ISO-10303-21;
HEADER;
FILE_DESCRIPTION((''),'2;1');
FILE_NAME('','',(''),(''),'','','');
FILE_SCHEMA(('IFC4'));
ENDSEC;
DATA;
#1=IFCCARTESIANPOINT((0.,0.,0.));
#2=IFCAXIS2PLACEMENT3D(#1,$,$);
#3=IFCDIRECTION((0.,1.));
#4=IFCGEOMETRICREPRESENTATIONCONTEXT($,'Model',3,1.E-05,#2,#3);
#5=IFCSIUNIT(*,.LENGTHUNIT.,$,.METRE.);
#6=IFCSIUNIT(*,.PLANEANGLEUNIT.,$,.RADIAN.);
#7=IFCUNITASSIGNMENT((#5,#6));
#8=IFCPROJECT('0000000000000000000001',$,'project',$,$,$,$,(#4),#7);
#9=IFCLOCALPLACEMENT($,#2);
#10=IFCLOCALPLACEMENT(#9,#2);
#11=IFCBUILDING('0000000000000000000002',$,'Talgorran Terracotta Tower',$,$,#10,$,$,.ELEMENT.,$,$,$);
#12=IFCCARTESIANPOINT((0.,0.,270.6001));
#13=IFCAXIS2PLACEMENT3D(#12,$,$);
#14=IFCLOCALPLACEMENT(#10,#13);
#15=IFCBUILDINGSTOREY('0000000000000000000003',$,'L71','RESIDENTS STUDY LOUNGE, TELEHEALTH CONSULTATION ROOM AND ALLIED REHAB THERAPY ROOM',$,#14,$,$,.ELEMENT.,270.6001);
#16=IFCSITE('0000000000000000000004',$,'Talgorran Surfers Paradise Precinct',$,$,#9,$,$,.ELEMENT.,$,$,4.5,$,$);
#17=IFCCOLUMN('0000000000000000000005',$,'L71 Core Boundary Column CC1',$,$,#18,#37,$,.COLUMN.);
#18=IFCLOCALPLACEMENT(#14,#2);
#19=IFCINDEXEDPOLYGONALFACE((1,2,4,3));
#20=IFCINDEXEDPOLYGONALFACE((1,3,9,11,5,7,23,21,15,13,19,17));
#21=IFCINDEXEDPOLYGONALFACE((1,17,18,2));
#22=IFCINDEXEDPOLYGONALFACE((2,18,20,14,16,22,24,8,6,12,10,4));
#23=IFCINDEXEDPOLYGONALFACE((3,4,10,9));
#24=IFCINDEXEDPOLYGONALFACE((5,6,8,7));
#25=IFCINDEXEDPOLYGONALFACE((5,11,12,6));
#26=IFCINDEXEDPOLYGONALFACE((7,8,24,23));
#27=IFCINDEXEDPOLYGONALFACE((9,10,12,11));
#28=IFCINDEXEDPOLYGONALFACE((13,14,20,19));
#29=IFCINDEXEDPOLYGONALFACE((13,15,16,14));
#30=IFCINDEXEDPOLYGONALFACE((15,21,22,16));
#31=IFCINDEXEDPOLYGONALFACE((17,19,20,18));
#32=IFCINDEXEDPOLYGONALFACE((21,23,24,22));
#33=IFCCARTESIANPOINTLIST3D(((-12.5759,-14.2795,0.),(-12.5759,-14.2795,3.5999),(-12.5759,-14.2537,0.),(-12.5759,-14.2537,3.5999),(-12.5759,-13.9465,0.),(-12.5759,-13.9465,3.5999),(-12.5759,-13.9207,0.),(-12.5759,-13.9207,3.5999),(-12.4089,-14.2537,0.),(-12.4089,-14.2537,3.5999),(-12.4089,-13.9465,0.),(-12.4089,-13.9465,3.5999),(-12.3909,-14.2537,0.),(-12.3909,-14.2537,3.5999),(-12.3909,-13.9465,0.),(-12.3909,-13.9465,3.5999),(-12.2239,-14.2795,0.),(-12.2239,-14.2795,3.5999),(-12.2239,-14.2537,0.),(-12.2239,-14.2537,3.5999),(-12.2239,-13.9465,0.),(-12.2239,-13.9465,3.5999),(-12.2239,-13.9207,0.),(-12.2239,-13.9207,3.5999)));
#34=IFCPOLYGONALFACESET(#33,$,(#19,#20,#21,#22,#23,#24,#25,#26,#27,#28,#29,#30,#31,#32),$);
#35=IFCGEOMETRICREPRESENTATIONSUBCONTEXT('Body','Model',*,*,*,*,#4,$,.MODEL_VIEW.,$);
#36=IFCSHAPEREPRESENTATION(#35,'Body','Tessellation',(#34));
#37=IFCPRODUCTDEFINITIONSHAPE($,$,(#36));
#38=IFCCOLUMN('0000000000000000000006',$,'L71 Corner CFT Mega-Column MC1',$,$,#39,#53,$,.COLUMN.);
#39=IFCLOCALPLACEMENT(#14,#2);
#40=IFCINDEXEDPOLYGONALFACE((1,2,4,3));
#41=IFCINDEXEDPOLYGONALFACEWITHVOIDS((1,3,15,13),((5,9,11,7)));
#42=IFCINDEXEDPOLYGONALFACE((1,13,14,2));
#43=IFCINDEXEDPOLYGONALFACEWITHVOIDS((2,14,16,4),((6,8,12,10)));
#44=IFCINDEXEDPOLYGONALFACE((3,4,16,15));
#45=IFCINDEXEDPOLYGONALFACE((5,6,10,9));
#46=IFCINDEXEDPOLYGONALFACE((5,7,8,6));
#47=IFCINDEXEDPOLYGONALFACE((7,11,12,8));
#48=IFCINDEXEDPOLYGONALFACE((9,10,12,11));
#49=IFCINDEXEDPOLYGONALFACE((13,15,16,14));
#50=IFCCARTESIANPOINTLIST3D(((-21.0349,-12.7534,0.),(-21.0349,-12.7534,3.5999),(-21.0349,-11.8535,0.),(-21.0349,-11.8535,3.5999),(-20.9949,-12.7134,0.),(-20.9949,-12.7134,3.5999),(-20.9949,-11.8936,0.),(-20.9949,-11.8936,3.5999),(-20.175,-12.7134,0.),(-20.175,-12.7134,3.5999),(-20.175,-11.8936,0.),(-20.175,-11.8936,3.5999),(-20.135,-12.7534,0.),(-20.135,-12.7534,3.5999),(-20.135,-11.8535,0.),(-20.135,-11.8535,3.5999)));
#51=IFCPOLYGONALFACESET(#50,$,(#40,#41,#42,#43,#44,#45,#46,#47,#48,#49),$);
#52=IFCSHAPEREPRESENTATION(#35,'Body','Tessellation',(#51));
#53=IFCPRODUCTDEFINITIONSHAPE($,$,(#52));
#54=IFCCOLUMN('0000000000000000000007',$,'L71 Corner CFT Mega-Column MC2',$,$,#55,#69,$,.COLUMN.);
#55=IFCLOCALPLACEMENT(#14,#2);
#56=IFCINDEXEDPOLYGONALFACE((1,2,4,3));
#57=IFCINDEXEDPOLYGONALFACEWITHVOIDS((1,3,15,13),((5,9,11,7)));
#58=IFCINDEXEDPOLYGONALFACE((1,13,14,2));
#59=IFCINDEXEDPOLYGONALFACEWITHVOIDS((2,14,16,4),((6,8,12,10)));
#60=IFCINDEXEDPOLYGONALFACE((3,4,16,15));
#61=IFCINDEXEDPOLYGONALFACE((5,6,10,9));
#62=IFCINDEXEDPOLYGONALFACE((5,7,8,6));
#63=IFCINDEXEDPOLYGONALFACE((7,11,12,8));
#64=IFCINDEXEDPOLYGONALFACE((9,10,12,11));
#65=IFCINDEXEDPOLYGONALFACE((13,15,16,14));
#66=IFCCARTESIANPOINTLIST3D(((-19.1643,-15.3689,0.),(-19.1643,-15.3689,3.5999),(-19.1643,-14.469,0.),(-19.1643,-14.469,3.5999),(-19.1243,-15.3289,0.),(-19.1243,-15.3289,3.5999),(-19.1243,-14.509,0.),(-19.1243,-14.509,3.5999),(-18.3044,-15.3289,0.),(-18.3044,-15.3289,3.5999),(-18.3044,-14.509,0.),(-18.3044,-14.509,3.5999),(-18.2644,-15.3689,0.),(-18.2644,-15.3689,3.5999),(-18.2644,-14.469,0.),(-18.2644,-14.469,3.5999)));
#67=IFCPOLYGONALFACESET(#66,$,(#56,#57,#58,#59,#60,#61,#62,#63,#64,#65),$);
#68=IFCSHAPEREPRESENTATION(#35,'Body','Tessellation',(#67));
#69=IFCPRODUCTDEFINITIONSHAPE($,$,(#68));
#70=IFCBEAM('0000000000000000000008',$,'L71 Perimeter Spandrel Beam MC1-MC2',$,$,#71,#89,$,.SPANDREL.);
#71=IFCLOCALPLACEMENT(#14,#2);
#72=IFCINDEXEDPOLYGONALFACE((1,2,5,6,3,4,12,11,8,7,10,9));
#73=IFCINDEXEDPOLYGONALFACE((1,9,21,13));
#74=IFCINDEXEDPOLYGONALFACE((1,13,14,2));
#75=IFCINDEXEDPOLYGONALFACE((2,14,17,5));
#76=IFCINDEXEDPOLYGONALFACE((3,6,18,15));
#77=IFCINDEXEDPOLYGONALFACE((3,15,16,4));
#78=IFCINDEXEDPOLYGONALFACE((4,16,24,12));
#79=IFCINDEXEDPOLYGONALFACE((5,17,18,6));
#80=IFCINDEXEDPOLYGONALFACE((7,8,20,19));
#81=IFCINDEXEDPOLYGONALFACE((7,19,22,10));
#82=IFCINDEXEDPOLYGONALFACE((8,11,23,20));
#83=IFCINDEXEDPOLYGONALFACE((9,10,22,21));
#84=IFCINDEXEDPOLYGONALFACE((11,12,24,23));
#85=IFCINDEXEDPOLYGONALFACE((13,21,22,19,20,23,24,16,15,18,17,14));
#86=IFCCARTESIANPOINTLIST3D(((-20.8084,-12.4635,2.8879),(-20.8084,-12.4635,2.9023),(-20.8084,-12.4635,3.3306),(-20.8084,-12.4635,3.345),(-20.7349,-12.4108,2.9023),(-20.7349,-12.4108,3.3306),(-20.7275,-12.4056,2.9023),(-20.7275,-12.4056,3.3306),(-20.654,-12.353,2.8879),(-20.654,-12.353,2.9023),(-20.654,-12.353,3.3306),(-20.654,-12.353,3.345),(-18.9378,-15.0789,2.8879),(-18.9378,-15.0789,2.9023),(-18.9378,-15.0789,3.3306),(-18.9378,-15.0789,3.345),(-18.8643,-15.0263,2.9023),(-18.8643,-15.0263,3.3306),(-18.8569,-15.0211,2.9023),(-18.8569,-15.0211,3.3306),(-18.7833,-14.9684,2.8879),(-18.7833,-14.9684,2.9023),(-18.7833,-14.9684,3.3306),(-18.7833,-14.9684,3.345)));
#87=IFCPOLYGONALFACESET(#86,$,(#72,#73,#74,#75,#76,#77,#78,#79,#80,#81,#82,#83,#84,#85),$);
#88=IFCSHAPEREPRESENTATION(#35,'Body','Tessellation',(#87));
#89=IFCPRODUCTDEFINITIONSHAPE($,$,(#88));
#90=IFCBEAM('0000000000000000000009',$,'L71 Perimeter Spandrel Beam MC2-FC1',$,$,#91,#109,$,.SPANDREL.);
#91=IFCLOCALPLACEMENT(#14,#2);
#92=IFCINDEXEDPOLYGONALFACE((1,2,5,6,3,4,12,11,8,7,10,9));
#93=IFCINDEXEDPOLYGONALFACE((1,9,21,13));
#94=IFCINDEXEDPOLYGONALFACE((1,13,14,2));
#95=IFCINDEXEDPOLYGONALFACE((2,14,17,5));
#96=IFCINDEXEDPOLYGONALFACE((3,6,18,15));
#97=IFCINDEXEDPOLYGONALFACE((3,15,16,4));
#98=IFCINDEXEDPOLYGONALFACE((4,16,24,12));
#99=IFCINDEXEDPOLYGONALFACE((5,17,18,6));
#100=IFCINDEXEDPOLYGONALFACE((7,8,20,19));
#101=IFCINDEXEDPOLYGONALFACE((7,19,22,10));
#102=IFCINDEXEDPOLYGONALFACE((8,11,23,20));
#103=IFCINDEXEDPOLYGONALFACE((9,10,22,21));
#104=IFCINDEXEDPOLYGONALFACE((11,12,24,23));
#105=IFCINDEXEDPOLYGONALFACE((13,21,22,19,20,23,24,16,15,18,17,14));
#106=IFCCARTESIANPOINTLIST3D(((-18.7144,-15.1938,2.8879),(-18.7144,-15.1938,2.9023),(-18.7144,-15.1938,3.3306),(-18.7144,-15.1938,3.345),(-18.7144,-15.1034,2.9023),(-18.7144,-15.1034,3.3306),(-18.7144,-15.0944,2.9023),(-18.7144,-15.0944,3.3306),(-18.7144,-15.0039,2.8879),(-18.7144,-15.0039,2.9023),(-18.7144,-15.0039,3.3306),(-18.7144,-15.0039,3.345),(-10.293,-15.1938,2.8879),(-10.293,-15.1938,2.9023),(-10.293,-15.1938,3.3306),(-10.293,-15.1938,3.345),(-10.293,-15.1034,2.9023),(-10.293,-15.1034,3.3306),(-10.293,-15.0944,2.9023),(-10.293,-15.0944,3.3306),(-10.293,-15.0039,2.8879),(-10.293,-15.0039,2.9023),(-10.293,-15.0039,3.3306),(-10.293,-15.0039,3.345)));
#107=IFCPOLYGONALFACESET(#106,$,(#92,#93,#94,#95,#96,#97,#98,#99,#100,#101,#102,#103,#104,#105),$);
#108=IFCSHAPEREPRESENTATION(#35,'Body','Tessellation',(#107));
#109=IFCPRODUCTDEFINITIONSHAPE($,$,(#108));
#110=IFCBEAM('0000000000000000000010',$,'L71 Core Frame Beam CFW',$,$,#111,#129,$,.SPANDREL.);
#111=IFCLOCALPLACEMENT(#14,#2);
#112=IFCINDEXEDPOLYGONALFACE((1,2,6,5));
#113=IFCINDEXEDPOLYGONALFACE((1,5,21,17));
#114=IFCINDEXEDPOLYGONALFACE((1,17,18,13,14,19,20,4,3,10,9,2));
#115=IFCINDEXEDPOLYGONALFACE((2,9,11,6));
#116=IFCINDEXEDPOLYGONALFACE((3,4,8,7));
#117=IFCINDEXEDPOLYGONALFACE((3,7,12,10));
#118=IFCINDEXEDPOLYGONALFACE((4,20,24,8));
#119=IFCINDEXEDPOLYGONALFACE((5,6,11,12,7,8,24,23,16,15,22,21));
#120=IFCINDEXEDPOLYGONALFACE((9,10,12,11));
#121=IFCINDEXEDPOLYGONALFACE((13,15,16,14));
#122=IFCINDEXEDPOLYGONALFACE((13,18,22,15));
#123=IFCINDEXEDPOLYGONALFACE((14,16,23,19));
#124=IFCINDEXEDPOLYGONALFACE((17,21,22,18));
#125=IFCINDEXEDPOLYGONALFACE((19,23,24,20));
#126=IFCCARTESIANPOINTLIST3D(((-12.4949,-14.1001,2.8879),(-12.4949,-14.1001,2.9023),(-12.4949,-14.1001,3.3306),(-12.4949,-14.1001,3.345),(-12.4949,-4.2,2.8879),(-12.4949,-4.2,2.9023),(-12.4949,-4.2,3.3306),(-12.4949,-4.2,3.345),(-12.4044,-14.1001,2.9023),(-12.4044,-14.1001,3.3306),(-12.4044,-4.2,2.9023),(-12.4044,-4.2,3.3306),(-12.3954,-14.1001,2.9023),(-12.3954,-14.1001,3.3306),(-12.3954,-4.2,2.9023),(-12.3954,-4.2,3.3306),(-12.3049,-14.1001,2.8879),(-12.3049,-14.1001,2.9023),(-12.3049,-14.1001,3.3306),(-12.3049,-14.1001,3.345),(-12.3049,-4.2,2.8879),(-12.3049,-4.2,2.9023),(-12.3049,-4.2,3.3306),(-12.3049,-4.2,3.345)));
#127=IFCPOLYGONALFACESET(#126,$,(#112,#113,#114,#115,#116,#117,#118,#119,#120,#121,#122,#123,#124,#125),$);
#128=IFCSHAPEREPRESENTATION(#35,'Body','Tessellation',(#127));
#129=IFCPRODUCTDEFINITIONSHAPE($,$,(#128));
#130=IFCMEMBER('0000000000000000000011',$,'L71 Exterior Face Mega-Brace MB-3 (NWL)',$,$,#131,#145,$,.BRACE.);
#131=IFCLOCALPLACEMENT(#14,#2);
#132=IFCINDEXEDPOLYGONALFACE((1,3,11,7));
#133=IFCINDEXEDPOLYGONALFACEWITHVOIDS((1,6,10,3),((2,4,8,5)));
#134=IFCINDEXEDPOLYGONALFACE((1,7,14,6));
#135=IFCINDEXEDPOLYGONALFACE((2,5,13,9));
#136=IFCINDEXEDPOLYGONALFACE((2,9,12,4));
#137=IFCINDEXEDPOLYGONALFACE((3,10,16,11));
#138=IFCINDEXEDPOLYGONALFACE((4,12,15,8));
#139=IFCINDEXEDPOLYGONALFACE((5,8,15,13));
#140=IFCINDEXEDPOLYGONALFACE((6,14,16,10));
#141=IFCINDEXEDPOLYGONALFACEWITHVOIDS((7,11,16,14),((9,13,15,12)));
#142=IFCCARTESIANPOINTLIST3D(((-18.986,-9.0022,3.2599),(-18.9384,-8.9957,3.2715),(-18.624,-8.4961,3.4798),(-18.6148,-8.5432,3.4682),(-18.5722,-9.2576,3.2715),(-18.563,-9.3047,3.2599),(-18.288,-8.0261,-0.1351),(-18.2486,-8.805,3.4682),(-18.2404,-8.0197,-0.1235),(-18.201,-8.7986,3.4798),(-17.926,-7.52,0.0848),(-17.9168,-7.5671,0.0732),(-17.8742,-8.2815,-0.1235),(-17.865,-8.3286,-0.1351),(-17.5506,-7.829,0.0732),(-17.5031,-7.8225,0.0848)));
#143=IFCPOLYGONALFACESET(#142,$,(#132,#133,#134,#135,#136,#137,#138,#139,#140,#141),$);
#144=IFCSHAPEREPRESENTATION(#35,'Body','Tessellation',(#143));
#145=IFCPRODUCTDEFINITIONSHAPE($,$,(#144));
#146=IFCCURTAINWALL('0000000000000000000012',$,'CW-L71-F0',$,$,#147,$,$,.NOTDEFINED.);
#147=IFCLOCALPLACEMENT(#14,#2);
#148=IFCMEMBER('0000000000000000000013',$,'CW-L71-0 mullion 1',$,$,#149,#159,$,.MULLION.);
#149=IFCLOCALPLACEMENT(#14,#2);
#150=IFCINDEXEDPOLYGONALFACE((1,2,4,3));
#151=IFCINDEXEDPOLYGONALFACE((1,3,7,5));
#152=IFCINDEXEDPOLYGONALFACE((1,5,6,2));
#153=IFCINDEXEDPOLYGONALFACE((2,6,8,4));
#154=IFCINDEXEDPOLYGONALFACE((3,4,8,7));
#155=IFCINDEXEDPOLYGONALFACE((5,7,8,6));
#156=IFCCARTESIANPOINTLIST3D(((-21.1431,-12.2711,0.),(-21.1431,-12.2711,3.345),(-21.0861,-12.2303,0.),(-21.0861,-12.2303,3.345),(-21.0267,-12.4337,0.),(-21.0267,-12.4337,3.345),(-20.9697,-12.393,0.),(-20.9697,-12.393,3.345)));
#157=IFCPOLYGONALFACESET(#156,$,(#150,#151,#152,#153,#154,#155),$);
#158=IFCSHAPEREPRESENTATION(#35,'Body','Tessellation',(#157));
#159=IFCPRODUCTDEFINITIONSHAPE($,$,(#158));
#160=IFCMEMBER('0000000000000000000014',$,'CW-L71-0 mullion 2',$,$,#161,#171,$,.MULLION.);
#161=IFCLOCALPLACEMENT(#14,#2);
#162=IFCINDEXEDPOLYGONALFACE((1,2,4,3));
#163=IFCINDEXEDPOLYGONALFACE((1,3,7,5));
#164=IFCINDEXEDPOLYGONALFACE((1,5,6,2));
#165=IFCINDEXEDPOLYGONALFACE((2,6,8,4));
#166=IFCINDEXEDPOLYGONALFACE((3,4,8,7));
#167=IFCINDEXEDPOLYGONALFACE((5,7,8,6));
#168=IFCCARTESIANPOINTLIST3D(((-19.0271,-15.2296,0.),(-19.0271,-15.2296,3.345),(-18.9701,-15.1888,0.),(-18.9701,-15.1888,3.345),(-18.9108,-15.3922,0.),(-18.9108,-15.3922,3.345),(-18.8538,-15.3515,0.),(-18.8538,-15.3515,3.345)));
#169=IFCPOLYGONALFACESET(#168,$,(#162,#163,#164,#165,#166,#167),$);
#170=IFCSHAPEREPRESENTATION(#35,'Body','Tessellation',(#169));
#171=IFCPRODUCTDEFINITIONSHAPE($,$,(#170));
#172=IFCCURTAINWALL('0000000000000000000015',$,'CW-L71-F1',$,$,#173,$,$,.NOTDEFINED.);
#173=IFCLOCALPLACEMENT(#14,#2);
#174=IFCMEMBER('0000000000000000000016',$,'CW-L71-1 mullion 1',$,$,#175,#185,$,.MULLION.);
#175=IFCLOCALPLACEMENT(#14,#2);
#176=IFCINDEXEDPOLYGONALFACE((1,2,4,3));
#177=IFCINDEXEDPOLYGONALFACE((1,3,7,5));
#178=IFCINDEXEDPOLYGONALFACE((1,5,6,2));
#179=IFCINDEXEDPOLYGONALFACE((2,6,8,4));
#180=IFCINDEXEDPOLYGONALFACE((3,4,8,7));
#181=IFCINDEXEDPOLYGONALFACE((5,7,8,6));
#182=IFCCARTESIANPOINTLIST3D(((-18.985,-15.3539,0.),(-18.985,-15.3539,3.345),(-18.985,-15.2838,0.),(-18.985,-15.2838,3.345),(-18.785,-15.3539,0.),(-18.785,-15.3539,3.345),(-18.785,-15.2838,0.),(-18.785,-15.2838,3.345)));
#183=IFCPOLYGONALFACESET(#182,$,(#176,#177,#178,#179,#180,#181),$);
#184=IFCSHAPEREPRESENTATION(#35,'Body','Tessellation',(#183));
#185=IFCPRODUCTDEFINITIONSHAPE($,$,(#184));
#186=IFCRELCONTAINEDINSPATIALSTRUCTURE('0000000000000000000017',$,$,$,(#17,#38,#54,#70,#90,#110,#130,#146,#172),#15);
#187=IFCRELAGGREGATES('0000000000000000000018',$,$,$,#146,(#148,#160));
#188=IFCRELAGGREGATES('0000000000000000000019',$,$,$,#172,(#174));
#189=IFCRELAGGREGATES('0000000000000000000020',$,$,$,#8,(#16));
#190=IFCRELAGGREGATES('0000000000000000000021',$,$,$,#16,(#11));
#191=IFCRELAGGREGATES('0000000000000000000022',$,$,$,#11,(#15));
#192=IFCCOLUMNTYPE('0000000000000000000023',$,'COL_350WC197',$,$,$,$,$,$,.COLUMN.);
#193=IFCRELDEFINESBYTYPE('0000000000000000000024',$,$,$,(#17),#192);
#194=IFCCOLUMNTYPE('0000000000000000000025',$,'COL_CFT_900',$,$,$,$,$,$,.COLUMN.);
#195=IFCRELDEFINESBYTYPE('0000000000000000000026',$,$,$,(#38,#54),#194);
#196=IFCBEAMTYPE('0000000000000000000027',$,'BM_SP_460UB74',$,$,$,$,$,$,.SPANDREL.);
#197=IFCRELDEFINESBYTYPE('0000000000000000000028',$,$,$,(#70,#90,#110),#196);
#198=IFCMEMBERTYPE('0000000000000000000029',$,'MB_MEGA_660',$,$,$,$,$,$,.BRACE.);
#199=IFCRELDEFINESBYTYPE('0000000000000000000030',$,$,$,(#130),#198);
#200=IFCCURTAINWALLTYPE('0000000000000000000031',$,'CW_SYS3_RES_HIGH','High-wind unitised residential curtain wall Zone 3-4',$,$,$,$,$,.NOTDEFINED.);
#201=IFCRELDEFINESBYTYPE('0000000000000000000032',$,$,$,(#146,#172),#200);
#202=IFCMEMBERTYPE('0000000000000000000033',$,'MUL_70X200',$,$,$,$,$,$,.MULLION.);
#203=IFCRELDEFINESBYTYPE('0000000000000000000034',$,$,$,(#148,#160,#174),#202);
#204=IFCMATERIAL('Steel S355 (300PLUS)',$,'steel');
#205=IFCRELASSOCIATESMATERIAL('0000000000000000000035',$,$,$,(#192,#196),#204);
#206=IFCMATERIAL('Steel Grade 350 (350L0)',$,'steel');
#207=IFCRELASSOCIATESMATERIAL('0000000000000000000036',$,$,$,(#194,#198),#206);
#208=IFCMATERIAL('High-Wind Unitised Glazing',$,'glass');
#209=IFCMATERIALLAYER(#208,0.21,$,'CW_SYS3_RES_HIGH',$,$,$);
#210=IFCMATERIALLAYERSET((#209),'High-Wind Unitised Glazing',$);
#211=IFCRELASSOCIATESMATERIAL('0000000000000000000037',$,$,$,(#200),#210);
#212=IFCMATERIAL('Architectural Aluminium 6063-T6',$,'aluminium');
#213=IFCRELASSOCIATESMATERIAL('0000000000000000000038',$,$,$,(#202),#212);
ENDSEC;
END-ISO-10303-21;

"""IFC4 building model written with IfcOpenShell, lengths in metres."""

from ifc_helpers import new_model, si_unit, direction, frame, origin, origin_2d, place, context, subcontext, project, spatial, rectangle, hollow_rectangle, i_section, extrude, material, layer, layer_set, material_profile, profile_set, type_object, element, aggregate, save


model = new_model("IFC4")

# Units and contexts
model_context = context("Model", 3, precision=1e-05, world=origin(), true_north=direction((0.0, 1.0)))
body_context = subcontext(model_context, "Body", "Model", "MODEL_VIEW")
ifc_project = project(units=[si_unit("LENGTHUNIT", "METRE"), si_unit("PLANEANGLEUNIT", "RADIAN")], contexts=[model_context])

# Site, building, storey
site_placement = place(None, origin())
site = spatial("IfcSite", under=ifc_project, at=site_placement, Name="Talgorran Surfers Paradise Precinct", CompositionType="ELEMENT", RefElevation=4.5)
building_placement = place(site_placement, origin())
building = spatial("IfcBuilding", under=site, at=building_placement, Name="Talgorran Terracotta Tower", CompositionType="ELEMENT")
storey_placement = place(building_placement, frame((0.0, 0.0, 270.6001)))
storey = spatial("IfcBuildingStorey", under=building, at=storey_placement, Name="L71", Description="RESIDENTS STUDY LOUNGE, TELEHEALTH CONSULTATION ROOM AND ALLIED REHAB THERAPY ROOM", CompositionType="ELEMENT", Elevation=270.6001)

# Columns
ifc_material_1 = material(Name="Steel S355 (300PLUS)", Category="steel")
ifc_material_profile_1 = material_profile(ifc_material_1, i_section(OverallWidth=0.3521, OverallDepth=0.3589, WebThickness=0.0181, FlangeThickness=0.0259, at=origin_2d()), Name="350WC197")
ifc_profile_set_1 = profile_set([ifc_material_profile_1], Name="Steel S355 (300PLUS)")
column_type_1 = type_object("IfcColumnType", Name="COL_350WC197", PredefinedType="COLUMN", material=ifc_profile_set_1)
column_placement = place(storey_placement, frame((-12.3999, -14.1001, 0.0), z_axis=(0.0, 0.0, 1.0), x_axis=(1.0, 0.0, 0.0)))
element("IfcColumn", 1, at=column_placement, inside=storey, type_object=column_type_1, Name="L71 Core Boundary Column CC1", PredefinedType="COLUMN", context=body_context, shape_type="SweptSolid", body=[
    extrude(i_section(OverallWidth=0.3521, OverallDepth=0.3589, WebThickness=0.0181, FlangeThickness=0.0259, at=origin_2d()), origin(), (0.0, 0.0, 1.0), 3.5999),
])
ifc_material_2 = material(Name="Steel Grade 350 (350L0)", Category="steel")
ifc_material_profile_2 = material_profile(ifc_material_2, hollow_rectangle(XDim=0.8999, YDim=0.8999, WallThickness=0.04, at=origin_2d()), Name="CFT900X900X40")
ifc_profile_set_2 = profile_set([ifc_material_profile_2], Name="Steel Grade 350 (350L0)")
column_type_2 = type_object("IfcColumnType", Name="COL_CFT_900", PredefinedType="COLUMN", material=ifc_profile_set_2)
for number, where, z_axis, x_axis, name in (
    (2, (-20.585, -12.3035, 0.0), (0.0, 0.0, 1.0), (1.0, 0.0, 0.0), "L71 Corner CFT Mega-Column MC1"),
    (3, (-18.7144, -14.9189, 0.0), (0.0, 0.0, 1.0), (1.0, 0.0, 0.0), "L71 Corner CFT Mega-Column MC2"),
):
    element("IfcColumn", number, at=place(storey_placement, frame(where, z_axis=z_axis, x_axis=x_axis)), inside=storey, type_object=column_type_2, Name=name, PredefinedType="COLUMN", context=body_context, shape_type="SweptSolid", body=[
        extrude(hollow_rectangle(XDim=0.8999, YDim=0.8999, WallThickness=0.04, at=origin_2d()), origin(), (0.0, 0.0, 1.0), 3.5999),
    ])

# Beams
ifc_material_profile_3 = material_profile(ifc_material_1, i_section(OverallWidth=0.1899, OverallDepth=0.457, WebThickness=0.009, FlangeThickness=0.0144, at=origin_2d()), Name="460UB74.6")
ifc_profile_set_3 = profile_set([ifc_material_profile_3], Name="Steel S355 (300PLUS)")
beam_type = type_object("IfcBeamType", Name="BM_SP_460UB74", PredefinedType="SPANDREL", material=ifc_profile_set_3)
beam_1_placement = place(storey_placement, frame((-20.7312, -12.4082, 3.1165), z_axis=(0.581734, -0.813379, 0.0), x_axis=(0.813379, 0.581734, 0.0)))
element("IfcBeam", 4, at=beam_1_placement, inside=storey, type_object=beam_type, Name="L71 Perimeter Spandrel Beam MC1-MC2", PredefinedType="SPANDREL", context=body_context, shape_type="SweptSolid", body=[
    extrude(i_section(OverallWidth=0.1899, OverallDepth=0.457, WebThickness=0.009, FlangeThickness=0.0144, at=origin_2d()), origin(), (0.0, 0.0, 1.0), 3.2156),
])
beam_2_placement = place(storey_placement, frame((-18.7144, -15.0989, 3.1165), z_axis=(1.0, 0.0, 0.0), x_axis=(0.0, 1.0, 0.0)))
element("IfcBeam", 5, at=beam_2_placement, inside=storey, type_object=beam_type, Name="L71 Perimeter Spandrel Beam MC2-FC1", PredefinedType="SPANDREL", context=body_context, shape_type="SweptSolid", body=[
    extrude(i_section(OverallWidth=0.1899, OverallDepth=0.457, WebThickness=0.009, FlangeThickness=0.0144, at=origin_2d()), origin(), (0.0, 0.0, 1.0), 8.4214),
])
beam_3_placement = place(storey_placement, frame((-12.3999, -14.1001, 3.1165), z_axis=(0.0, 1.0, 0.0), x_axis=(-1.0, 0.0, 0.0)))
element("IfcBeam", 6, at=beam_3_placement, inside=storey, type_object=beam_type, Name="L71 Core Frame Beam CFW", PredefinedType="SPANDREL", context=body_context, shape_type="SweptSolid", body=[
    extrude(i_section(OverallWidth=0.1899, OverallDepth=0.457, WebThickness=0.009, FlangeThickness=0.0144, at=origin_2d()), origin(), (0.0, 0.0, 1.0), 9.9001),
])

# Member
ifc_material_profile_4 = material_profile(ifc_material_2, hollow_rectangle(XDim=0.52, YDim=0.6599, WallThickness=0.0349, at=origin_2d()), Name="WBOX660X520X35")
ifc_profile_set_4 = profile_set([ifc_material_profile_4], Name="Steel Grade 350 (350L0)")
member_type_1 = type_object("IfcMemberType", Name="MB_MEGA_660", PredefinedType="BRACE", material=ifc_profile_set_4)
member_1_placement = place(storey_placement, frame((-17.8955, -7.9243, -0.0251), z_axis=(-0.193843, -0.271068, 0.94284), x_axis=(0.813417, -0.581681, 0.0)))
element("IfcMember", 7, at=member_1_placement, inside=storey, type_object=member_type_1, Name="L71 Exterior Face Mega-Brace MB-3 (NWL)", PredefinedType="BRACE", context=body_context, shape_type="SweptSolid", body=[
    extrude(hollow_rectangle(XDim=0.52, YDim=0.6599, WallThickness=0.0349, at=origin_2d()), origin(), (0.0, 0.0, 1.0), 3.6008),
])

# Curtain wall, members
ifc_material_3 = material(Name="High-Wind Unitised Glazing", Category="glass")
ifc_layer_1 = layer(ifc_material_3, 0.21, Name="CW_SYS3_RES_HIGH")
ifc_layer_set_1 = layer_set([ifc_layer_1], Name="High-Wind Unitised Glazing")
curtain_wall_type = type_object("IfcCurtainWallType", Name="CW_SYS3_RES_HIGH", Description="High-wind unitised residential curtain wall Zone 3-4", PredefinedType="NOTDEFINED", material=ifc_layer_set_1)
curtain_wall_1_placement = place(storey_placement, origin())
curtain_wall_1 = element("IfcCurtainWall", 8, at=curtain_wall_1_placement, inside=storey, type_object=curtain_wall_type, Name="CW-L71-F0", PredefinedType="NOTDEFINED")
ifc_material_4 = material(Name="Architectural Aluminium 6063-T6", Category="aluminium")
ifc_material_profile_5 = material_profile(ifc_material_4, rectangle(XDim=0.0701, YDim=0.2, at=origin_2d()), Name="CWM70X200")
ifc_profile_set_5 = profile_set([ifc_material_profile_5], Name="Architectural Aluminium 6063-T6")
member_type_2 = type_object("IfcMemberType", Name="MUL_70X200", PredefinedType="MULLION", material=ifc_profile_set_5)
member_2_placement = place(storey_placement, frame((-21.0564, -12.332, 0.0), z_axis=(0.0, 0.0, 1.0), x_axis=(0.813371, 0.581746, 0.0)))
member_2 = element("IfcMember", 9, at=member_2_placement, type_object=member_type_2, Name="CW-L71-0 mullion 1", PredefinedType="MULLION", context=body_context, shape_type="SweptSolid", body=[
    extrude(rectangle(XDim=0.0701, YDim=0.2, at=origin_2d()), origin(), (0.0, 0.0, 1.0), 3.345),
])
member_3_placement = place(storey_placement, frame((-18.9404, -15.2905, 0.0), z_axis=(0.0, 0.0, 1.0), x_axis=(0.813371, 0.581746, 0.0)))
member_3 = element("IfcMember", 10, at=member_3_placement, type_object=member_type_2, Name="CW-L71-0 mullion 2", PredefinedType="MULLION", context=body_context, shape_type="SweptSolid", body=[
    extrude(rectangle(XDim=0.0701, YDim=0.2, at=origin_2d()), origin(), (0.0, 0.0, 1.0), 3.345),
])

# Curtain wall, member
curtain_wall_2_placement = place(storey_placement, origin())
curtain_wall_2 = element("IfcCurtainWall", 11, at=curtain_wall_2_placement, inside=storey, type_object=curtain_wall_type, Name="CW-L71-F1", PredefinedType="NOTDEFINED")
member_4_placement = place(storey_placement, frame((-18.885, -15.3188, 0.0), z_axis=(0.0, 0.0, 1.0), x_axis=(0.0, 1.0, 0.0)))
member_4 = element("IfcMember", 12, at=member_4_placement, type_object=member_type_2, Name="CW-L71-1 mullion 1", PredefinedType="MULLION", context=body_context, shape_type="SweptSolid", body=[
    extrude(rectangle(XDim=0.0701, YDim=0.2, at=origin_2d()), origin(), (0.0, 0.0, 1.0), 3.345),
])

aggregate(curtain_wall_1, [member_2, member_3])
aggregate(curtain_wall_2, [member_4])

save(model, "model.ifc")
